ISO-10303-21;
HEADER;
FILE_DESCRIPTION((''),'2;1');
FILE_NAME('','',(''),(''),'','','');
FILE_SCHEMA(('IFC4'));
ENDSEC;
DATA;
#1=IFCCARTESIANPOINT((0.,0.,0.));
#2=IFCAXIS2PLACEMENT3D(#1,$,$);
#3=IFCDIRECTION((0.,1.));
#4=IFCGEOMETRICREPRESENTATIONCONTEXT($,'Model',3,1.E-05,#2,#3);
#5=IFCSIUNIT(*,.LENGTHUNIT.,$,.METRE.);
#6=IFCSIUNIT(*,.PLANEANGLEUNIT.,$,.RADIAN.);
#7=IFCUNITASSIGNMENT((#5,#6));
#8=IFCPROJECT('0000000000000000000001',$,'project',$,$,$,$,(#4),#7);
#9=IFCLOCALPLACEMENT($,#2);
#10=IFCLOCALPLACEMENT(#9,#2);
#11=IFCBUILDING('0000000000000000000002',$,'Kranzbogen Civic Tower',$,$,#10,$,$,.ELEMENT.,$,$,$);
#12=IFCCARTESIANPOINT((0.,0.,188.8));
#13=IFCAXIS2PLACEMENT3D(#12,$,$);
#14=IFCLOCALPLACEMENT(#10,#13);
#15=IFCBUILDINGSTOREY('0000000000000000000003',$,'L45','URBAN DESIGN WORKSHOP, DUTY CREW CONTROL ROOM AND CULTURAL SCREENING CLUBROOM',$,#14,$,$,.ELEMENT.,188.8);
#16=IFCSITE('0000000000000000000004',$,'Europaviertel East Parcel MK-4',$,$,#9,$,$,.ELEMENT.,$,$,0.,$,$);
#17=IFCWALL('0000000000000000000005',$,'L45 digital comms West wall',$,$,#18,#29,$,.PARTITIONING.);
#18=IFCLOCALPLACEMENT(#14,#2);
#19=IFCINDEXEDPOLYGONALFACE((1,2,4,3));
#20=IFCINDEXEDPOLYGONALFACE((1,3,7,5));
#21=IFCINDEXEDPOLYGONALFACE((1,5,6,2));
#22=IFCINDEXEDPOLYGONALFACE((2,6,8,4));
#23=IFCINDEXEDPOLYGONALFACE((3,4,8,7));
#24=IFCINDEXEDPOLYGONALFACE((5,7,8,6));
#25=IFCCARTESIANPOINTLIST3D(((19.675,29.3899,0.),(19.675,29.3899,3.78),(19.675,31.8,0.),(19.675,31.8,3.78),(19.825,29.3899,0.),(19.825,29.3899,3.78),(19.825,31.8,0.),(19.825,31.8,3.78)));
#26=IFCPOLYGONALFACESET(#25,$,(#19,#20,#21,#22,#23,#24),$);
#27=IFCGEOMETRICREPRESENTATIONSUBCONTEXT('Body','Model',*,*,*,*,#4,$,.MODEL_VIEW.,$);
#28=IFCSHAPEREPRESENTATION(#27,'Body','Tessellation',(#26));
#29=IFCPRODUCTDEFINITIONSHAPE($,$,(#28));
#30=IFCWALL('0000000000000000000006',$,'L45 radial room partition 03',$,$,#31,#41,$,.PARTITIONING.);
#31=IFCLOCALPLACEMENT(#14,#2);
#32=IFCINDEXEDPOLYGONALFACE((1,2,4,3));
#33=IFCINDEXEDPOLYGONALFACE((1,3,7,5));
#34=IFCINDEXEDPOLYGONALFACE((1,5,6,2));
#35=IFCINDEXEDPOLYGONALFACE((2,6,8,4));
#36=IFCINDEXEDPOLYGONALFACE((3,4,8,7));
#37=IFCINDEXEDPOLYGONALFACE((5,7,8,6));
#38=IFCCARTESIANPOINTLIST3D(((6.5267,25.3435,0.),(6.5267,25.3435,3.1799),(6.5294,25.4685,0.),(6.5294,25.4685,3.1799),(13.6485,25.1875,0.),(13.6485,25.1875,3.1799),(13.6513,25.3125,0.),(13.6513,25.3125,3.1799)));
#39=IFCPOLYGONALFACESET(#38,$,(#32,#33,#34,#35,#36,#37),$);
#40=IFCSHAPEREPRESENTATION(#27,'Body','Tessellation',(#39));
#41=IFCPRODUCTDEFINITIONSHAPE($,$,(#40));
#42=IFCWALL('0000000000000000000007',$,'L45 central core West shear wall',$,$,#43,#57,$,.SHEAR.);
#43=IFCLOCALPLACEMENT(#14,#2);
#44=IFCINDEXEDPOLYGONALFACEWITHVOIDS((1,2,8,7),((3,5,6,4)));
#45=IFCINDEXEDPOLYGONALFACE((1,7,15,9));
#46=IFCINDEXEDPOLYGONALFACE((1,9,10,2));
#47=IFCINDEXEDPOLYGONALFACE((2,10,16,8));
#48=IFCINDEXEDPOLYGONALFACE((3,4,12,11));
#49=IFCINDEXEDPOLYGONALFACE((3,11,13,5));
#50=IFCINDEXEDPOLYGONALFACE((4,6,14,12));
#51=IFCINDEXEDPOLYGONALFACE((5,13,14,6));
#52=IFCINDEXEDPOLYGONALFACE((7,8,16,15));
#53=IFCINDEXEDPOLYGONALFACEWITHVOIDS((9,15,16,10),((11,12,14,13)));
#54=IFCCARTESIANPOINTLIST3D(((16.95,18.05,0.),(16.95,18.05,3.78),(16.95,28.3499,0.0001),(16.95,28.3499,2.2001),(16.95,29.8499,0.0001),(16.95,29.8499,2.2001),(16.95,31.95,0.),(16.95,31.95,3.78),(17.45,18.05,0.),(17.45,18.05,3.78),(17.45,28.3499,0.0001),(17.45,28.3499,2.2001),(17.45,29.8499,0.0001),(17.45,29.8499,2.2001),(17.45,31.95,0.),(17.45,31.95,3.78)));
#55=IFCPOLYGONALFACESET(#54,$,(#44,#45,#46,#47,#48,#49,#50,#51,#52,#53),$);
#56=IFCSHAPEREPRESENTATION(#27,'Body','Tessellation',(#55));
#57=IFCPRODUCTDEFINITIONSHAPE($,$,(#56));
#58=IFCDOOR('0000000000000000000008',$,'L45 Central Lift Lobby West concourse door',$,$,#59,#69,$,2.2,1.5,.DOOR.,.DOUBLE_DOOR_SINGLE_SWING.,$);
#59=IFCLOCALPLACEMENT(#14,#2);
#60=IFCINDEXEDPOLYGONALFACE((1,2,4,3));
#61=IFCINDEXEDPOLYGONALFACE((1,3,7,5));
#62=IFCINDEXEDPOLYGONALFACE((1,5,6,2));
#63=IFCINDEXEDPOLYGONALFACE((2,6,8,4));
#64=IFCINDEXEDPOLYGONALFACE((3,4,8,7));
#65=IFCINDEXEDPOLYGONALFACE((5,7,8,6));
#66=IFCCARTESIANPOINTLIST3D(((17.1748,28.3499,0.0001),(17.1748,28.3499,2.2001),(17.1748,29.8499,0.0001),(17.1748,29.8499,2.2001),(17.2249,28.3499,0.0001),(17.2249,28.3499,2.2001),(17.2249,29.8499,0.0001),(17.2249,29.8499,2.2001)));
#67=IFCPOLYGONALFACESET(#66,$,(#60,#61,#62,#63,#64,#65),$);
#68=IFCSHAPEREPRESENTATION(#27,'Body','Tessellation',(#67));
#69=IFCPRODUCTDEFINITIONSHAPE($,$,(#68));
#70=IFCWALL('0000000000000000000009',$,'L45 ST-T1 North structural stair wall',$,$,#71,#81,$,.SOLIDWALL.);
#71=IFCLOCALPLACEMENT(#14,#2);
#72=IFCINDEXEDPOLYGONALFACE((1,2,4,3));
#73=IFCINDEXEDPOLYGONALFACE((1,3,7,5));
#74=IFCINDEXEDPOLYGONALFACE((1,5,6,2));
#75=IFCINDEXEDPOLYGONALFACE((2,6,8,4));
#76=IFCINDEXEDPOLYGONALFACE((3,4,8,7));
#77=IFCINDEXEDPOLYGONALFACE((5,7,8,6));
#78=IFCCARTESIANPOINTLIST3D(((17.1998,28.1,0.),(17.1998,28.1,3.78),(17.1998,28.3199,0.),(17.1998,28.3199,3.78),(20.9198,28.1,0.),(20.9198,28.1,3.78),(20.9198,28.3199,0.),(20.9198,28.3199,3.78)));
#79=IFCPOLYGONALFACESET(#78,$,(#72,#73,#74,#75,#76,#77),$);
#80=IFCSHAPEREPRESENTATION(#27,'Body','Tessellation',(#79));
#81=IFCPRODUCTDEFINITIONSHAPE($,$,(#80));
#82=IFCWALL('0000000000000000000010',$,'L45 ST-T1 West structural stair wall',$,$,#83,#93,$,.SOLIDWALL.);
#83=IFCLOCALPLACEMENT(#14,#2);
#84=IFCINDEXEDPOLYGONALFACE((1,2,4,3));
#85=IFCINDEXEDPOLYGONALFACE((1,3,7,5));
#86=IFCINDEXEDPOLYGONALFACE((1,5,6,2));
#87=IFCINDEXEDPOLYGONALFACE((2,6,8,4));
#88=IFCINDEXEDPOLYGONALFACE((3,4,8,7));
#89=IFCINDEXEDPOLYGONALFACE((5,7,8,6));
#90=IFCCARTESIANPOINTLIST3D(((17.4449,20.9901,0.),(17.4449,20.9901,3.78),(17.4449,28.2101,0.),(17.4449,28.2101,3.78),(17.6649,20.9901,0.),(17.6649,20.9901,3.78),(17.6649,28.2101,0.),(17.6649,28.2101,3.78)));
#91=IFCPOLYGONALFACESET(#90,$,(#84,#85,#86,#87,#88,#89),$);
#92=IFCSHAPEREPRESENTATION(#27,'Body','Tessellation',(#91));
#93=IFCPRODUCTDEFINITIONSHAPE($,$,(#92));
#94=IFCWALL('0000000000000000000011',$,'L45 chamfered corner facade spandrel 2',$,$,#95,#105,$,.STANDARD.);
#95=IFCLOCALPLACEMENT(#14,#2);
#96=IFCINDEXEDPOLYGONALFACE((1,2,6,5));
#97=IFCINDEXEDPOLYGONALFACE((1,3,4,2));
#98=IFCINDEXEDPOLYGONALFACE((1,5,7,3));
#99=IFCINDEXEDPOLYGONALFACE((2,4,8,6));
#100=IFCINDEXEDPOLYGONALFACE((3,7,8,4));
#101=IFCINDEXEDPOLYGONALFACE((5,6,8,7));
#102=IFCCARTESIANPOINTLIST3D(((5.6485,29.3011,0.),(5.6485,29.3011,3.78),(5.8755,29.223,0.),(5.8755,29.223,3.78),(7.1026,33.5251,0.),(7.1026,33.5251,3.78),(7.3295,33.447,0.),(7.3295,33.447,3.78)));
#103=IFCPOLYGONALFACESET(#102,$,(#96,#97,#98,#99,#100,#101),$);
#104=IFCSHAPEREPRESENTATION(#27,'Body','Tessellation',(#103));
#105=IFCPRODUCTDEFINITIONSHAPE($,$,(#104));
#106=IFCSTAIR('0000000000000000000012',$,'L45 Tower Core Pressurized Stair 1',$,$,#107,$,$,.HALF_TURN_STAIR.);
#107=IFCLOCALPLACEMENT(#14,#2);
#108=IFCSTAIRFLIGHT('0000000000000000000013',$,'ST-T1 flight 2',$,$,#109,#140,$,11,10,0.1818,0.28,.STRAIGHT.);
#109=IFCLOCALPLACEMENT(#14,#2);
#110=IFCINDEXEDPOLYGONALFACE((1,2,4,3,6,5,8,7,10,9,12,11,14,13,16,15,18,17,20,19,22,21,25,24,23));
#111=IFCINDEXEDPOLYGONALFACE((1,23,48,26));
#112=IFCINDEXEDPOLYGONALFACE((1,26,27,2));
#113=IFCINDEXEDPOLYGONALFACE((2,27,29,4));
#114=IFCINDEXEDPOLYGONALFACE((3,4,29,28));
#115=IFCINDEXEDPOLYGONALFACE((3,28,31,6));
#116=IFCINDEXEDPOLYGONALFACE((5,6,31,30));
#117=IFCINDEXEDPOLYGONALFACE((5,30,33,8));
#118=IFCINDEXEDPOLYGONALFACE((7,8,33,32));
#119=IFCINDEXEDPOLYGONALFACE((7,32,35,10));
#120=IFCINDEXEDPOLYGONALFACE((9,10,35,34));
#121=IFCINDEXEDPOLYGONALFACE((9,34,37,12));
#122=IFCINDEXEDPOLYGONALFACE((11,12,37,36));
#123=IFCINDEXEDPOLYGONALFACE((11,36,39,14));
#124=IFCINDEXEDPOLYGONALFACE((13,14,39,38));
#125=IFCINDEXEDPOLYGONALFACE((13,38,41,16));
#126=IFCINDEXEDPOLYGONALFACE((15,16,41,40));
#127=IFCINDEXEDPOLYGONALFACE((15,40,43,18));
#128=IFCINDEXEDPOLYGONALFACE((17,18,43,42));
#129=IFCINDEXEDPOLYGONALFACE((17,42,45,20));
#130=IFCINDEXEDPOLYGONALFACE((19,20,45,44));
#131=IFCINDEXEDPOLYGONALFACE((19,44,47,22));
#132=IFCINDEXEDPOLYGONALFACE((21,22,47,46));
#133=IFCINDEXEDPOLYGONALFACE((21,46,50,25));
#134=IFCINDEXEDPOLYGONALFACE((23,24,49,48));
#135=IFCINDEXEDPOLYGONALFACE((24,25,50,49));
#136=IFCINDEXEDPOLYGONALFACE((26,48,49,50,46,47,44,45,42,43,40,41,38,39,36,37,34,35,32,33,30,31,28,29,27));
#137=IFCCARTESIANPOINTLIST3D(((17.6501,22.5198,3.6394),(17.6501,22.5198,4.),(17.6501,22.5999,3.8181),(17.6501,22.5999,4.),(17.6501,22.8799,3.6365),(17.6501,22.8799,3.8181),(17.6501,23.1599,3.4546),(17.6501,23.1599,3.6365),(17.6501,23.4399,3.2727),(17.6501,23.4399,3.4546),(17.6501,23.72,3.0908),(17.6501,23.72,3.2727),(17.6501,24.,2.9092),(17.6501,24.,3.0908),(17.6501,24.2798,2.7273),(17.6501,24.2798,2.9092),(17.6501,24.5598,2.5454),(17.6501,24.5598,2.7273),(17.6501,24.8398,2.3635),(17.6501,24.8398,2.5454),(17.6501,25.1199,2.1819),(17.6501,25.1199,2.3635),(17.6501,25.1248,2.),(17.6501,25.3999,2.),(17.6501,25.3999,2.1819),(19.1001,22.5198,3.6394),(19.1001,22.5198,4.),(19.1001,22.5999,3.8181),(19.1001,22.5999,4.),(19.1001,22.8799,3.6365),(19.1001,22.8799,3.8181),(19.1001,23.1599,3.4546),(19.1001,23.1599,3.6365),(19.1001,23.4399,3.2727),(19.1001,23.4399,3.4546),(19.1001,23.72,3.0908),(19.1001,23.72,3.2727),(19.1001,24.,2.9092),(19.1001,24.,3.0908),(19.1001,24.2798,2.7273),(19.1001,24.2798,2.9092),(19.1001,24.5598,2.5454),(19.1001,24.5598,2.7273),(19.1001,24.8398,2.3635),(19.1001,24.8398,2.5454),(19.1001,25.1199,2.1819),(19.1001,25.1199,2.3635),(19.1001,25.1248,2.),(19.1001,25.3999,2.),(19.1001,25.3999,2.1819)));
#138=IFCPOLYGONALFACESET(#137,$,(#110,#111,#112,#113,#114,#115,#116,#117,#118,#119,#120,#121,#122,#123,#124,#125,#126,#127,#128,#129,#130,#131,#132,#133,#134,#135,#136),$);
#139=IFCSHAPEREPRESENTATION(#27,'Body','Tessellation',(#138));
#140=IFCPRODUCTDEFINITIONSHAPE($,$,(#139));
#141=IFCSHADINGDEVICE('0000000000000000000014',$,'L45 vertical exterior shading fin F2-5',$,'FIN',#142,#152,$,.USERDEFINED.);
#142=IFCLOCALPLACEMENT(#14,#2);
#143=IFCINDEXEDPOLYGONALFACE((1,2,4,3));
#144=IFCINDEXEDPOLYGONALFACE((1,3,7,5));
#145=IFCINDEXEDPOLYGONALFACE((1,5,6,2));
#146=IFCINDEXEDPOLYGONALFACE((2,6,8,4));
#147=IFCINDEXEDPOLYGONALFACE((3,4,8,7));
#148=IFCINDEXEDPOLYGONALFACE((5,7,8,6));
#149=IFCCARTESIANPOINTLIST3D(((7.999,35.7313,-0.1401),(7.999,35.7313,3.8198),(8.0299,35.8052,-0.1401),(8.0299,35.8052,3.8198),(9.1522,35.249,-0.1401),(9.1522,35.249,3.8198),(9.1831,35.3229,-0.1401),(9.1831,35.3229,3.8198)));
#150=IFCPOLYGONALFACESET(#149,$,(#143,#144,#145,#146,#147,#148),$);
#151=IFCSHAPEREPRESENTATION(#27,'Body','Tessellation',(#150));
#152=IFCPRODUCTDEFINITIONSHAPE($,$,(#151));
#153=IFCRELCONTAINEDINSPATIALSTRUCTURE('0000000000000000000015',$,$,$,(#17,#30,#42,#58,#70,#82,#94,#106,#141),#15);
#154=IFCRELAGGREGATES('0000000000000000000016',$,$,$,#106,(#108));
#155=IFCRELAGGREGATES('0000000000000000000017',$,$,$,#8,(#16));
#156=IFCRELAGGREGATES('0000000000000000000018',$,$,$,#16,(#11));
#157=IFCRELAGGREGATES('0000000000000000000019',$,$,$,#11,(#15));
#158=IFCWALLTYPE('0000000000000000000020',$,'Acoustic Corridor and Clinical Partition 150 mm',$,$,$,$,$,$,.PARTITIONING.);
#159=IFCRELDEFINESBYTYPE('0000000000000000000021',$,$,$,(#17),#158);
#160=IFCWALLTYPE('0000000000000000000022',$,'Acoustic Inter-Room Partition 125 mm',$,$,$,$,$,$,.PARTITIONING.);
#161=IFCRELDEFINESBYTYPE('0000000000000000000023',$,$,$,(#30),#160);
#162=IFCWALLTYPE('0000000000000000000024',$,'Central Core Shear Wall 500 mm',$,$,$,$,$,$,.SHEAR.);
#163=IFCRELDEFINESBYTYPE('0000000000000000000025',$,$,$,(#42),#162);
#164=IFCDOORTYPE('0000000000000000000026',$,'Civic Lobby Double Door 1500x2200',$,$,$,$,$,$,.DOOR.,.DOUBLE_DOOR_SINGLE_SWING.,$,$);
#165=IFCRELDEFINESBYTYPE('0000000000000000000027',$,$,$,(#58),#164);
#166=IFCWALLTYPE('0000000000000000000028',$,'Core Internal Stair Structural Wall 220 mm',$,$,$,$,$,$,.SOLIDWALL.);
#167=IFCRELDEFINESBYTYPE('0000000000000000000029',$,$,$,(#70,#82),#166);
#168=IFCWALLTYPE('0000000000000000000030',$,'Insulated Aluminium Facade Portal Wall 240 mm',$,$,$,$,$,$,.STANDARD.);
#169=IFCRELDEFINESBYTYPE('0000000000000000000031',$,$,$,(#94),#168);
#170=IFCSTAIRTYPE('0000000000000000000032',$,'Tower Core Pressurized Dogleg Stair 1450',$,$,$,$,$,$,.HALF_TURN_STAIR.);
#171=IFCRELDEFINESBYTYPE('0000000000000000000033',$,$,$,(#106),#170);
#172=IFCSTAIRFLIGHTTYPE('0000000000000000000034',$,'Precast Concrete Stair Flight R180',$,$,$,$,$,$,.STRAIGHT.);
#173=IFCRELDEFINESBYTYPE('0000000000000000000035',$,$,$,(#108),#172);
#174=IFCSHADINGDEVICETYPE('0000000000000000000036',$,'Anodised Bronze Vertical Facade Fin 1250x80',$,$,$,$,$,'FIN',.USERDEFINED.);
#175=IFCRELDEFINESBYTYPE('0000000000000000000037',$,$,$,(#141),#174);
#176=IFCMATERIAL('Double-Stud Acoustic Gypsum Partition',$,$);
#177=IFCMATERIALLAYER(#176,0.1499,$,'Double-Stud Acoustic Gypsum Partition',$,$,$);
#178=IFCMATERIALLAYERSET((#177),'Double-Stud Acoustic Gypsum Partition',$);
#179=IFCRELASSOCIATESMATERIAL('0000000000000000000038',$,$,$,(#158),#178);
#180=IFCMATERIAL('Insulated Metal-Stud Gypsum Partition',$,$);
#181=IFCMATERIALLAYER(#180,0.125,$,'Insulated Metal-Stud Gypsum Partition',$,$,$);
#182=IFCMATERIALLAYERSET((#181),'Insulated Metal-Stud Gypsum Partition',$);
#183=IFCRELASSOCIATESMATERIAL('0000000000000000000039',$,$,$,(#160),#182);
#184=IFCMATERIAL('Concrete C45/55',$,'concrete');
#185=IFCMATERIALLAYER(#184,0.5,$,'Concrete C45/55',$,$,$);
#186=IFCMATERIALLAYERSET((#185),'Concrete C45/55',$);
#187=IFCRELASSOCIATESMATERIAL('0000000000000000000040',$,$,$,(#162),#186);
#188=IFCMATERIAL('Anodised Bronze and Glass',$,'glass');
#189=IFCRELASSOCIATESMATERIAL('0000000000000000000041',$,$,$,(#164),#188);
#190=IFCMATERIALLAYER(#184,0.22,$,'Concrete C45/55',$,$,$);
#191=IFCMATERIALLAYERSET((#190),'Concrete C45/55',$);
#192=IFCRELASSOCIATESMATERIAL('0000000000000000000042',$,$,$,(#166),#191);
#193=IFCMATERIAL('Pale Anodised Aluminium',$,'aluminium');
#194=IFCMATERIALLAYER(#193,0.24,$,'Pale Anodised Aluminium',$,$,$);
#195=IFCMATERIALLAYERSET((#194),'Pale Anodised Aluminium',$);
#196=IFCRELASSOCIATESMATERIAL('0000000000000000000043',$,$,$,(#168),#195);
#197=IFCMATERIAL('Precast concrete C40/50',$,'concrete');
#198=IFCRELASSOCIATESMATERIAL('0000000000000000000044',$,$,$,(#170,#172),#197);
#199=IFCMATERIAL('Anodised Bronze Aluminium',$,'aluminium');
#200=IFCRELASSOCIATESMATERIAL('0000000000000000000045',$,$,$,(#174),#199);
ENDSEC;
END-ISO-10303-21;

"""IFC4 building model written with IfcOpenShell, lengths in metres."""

from ifc_helpers import new_model, si_unit, direction, frame, frame_2d, origin, origin_2d, place, context, subcontext, project, spatial, polyline, rectangle, outline, extrude, material, layer, layer_set, type_object, element, fill, aggregate, save


model = new_model("IFC4")

# Units and contexts
model_context = context("Model", 3, precision=1e-05, world=origin(), true_north=direction((0.0, 1.0)))
body_context = subcontext(model_context, "Body", "Model", "MODEL_VIEW")
ifc_project = project(units=[si_unit("LENGTHUNIT", "METRE"), si_unit("PLANEANGLEUNIT", "RADIAN")], contexts=[model_context])

# Site, building, storey
site_placement = place(None, origin())
site = spatial("IfcSite", under=ifc_project, at=site_placement, Name="Europaviertel East Parcel MK-4", CompositionType="ELEMENT", RefElevation=0.0)
building_placement = place(site_placement, origin())
building = spatial("IfcBuilding", under=site, at=building_placement, Name="Kranzbogen Civic Tower", CompositionType="ELEMENT")
storey_placement = place(building_placement, frame((0.0, 0.0, 188.8)))
storey = spatial("IfcBuildingStorey", under=building, at=storey_placement, Name="L45", Description="URBAN DESIGN WORKSHOP, DUTY CREW CONTROL ROOM AND CULTURAL SCREENING CLUBROOM", CompositionType="ELEMENT", Elevation=188.8)

# Shared definitions
ifc_material_1 = material(Name="Pale Anodised Aluminium", Category="aluminium")

# Walls
ifc_material_2 = material(Name="Double-Stud Acoustic Gypsum Partition")
ifc_layer_1 = layer(ifc_material_2, 0.1499, Name="Double-Stud Acoustic Gypsum Partition")
ifc_layer_set_1 = layer_set([ifc_layer_1], Name="Double-Stud Acoustic Gypsum Partition")
wall_type_1 = type_object("IfcWallType", Name="Acoustic Corridor and Clinical Partition 150 mm", PredefinedType="PARTITIONING", material=ifc_layer_set_1)
wall_1_placement = place(storey_placement, frame((19.75, 29.3899, 0.0), z_axis=(0.0, 0.0, 1.0), x_axis=(0.0, 1.0, 0.0)))
element("IfcWall", 1, at=wall_1_placement, inside=storey, type_object=wall_type_1, Name="L45 digital comms West wall", PredefinedType="PARTITIONING", context=body_context, shape_type="SweptSolid", body=[
    extrude(rectangle(XDim=2.4102, YDim=0.1499, at=frame_2d((1.2051, 0.0))), origin(), (0.0, 0.0, 1.0), 3.78),
])
ifc_material_3 = material(Name="Insulated Metal-Stud Gypsum Partition")
ifc_layer_2 = layer(ifc_material_3, 0.125, Name="Insulated Metal-Stud Gypsum Partition")
ifc_layer_set_2 = layer_set([ifc_layer_2], Name="Insulated Metal-Stud Gypsum Partition")
wall_type_2 = type_object("IfcWallType", Name="Acoustic Inter-Room Partition 125 mm", PredefinedType="PARTITIONING", material=ifc_layer_set_2)
wall_2_placement = place(storey_placement, frame((13.6499, 25.25, 0.0), z_axis=(0.0, 0.0, 1.0), x_axis=(-0.99976, 0.0219, 0.0)))
element("IfcWall", 2, at=wall_2_placement, inside=storey, type_object=wall_type_2, Name="L45 radial room partition 03", PredefinedType="PARTITIONING", context=body_context, shape_type="SweptSolid", body=[
    extrude(rectangle(XDim=7.1235, YDim=0.125, at=frame_2d((3.5618, 0.0))), origin(), (0.0, 0.0, 1.0), 3.1799),
])

# Wall, opening, door
ifc_material_4 = material(Name="Concrete C45/55", Category="concrete")
ifc_layer_3 = layer(ifc_material_4, 0.5, Name="Concrete C45/55")
ifc_layer_set_3 = layer_set([ifc_layer_3], Name="Concrete C45/55")
wall_type_3 = type_object("IfcWallType", Name="Central Core Shear Wall 500 mm", PredefinedType="SHEAR", material=ifc_layer_set_3)
wall_3_placement = place(storey_placement, frame((17.2, 31.95, 0.0), z_axis=(0.0, 0.0, 1.0), x_axis=(0.0, -1.0, 0.0)))
wall_3 = element("IfcWall", 3, at=wall_3_placement, inside=storey, type_object=wall_type_3, Name="L45 central core West shear wall", PredefinedType="SHEAR", context=body_context, shape_type="SweptSolid", body=[
    extrude(rectangle(XDim=13.8999, YDim=0.5, at=frame_2d((6.95, 0.0))), origin(), (0.0, 0.0, 1.0), 3.78),
])
opening_placement = place(wall_3_placement, frame((2.1001, 0.0, 0.0)))
opening = element("IfcOpeningElement", 4, at=opening_placement, cuts=wall_3, PredefinedType="OPENING", context=body_context, shape_type="SweptSolid", body=[
    extrude(rectangle(XDim=1.5, YDim=2.2, at=frame_2d((0.75, 1.1001))), frame((0.0, 0.26, 0.0), z_axis=(0.0, -1.0, 0.0), x_axis=(1.0, 0.0, 0.0)), (0.0, 0.0, 1.0), 0.52),
])
ifc_material_5 = material(Name="Anodised Bronze and Glass", Category="glass")
door_type = type_object("IfcDoorType", Name="Civic Lobby Double Door 1500x2200", OperationType="DOUBLE_DOOR_SINGLE_SWING", PredefinedType="DOOR", material=ifc_material_5)
door_placement = place(opening_placement, origin())
door = element("IfcDoor", 5, at=door_placement, inside=storey, type_object=door_type, Name="L45 Central Lift Lobby West concourse door", OperationType="DOUBLE_DOOR_SINGLE_SWING", OverallHeight=2.2, OverallWidth=1.5, PredefinedType="DOOR", context=body_context, shape_type="SweptSolid", body=[
    extrude(rectangle(XDim=1.5, YDim=2.2, at=frame_2d((0.75, 1.1001))), frame((0.0, 0.0249, 0.0), z_axis=(0.0, -1.0, 0.0), x_axis=(1.0, 0.0, 0.0)), (0.0, 0.0, 1.0), 0.05),
])
fill(opening, door)

# Walls
ifc_layer_4 = layer(ifc_material_4, 0.22, Name="Concrete C45/55")
ifc_layer_set_4 = layer_set([ifc_layer_4], Name="Concrete C45/55")
wall_type_4 = type_object("IfcWallType", Name="Core Internal Stair Structural Wall 220 mm", PredefinedType="SOLIDWALL", material=ifc_layer_set_4)
wall_4_placement = place(storey_placement, frame((17.2, 28.21, 0.0), z_axis=(0.0, 0.0, 1.0), x_axis=(1.0, 0.0, 0.0)))
element("IfcWall", 6, at=wall_4_placement, inside=storey, type_object=wall_type_4, Name="L45 ST-T1 North structural stair wall", PredefinedType="SOLIDWALL", context=body_context, shape_type="SweptSolid", body=[
    extrude(rectangle(XDim=3.72, YDim=0.22, at=frame_2d((1.8599, 0.0))), origin(), (0.0, 0.0, 1.0), 3.78),
])
wall_5_placement = place(storey_placement, frame((17.5549, 28.21, 0.0), z_axis=(0.0, 0.0, 1.0), x_axis=(0.0, -1.0, 0.0)))
element("IfcWall", 7, at=wall_5_placement, inside=storey, type_object=wall_type_4, Name="L45 ST-T1 West structural stair wall", PredefinedType="SOLIDWALL", context=body_context, shape_type="SweptSolid", body=[
    extrude(rectangle(XDim=7.22, YDim=0.22, at=frame_2d((3.6099, 0.0))), origin(), (0.0, 0.0, 1.0), 3.78),
])
ifc_layer_5 = layer(ifc_material_1, 0.24, Name="Pale Anodised Aluminium")
ifc_layer_set_5 = layer_set([ifc_layer_5], Name="Pale Anodised Aluminium")
wall_type_5 = type_object("IfcWallType", Name="Insulated Aluminium Facade Portal Wall 240 mm", PredefinedType="STANDARD", material=ifc_layer_set_5)
wall_6_placement = place(storey_placement, frame((7.2161, 33.4861, 0.0), z_axis=(0.0, 0.0, 1.0), x_axis=(-0.325492, -0.945545, 0.0)))
element("IfcWall", 8, at=wall_6_placement, inside=storey, type_object=wall_type_5, Name="L45 chamfered corner facade spandrel 2", PredefinedType="STANDARD", context=body_context, shape_type="SweptSolid", body=[
    extrude(rectangle(XDim=4.4673, YDim=0.24, at=frame_2d((2.2336, 0.0))), origin(), (0.0, 0.0, 1.0), 3.78),
])

# Stair, stair flight
ifc_material_6 = material(Name="Precast concrete C40/50", Category="concrete")
stair_type = type_object("IfcStairType", Name="Tower Core Pressurized Dogleg Stair 1450", PredefinedType="HALF_TURN_STAIR", material=ifc_material_6)
stair_placement = place(storey_placement, origin())
stair = element("IfcStair", 9, at=stair_placement, inside=storey, type_object=stair_type, Name="L45 Tower Core Pressurized Stair 1", PredefinedType="HALF_TURN_STAIR")
stair_flight_type = type_object("IfcStairFlightType", Name="Precast Concrete Stair Flight R180", PredefinedType="STRAIGHT", material=ifc_material_6)
stair_flight_placement = place(storey_placement, frame((18.375, 25.3999, 2.0), z_axis=(0.0, 0.0, 1.0), x_axis=(0.0, -1.0, 0.0)))
stair_flight = element("IfcStairFlight", 10, at=stair_flight_placement, type_object=stair_flight_type, Name="ST-T1 flight 2", NumberOfRisers=11, NumberOfTreads=10, PredefinedType="STRAIGHT", RiserHeight=0.1818, TreadLength=0.28, context=body_context, shape_type="SweptSolid", body=[
    extrude(outline(polyline([(0.0, 0.0), (0.0, 0.1819), (0.28, 0.1819), (0.28, 0.3635), (0.5601, 0.3635), (0.5601, 0.5454), (0.8401, 0.5454), (0.8401, 0.7273), (1.1201, 0.7273), (1.1201, 0.9092), (1.3999, 0.9092), (1.3999, 1.0908), (1.6799, 1.0908), (1.6799, 1.2727), (1.96, 1.2727), (1.96, 1.4546), (2.24, 1.4546), (2.24, 1.6365), (2.52, 1.6365), (2.52, 1.8181), (2.8, 1.8181), (2.8, 2.0), (2.8801, 2.0), (2.8801, 1.6394), (0.2751, 0.0), (0.0, 0.0)])), frame((0.0, 0.7251, 0.0), z_axis=(0.0, -1.0, 0.0), x_axis=(1.0, 0.0, 0.0)), (0.0, 0.0, 1.0), 1.45),
])
aggregate(stair, [stair_flight])

# Shading device
ifc_material_7 = material(Name="Anodised Bronze Aluminium", Category="aluminium")
shading_device_type = type_object("IfcShadingDeviceType", Name="Anodised Bronze Vertical Facade Fin 1250x80", ElementType="FIN", PredefinedType="USERDEFINED", material=ifc_material_7)
shading_device_placement = place(storey_placement, frame((8.5911, 35.5271, -0.1401), z_axis=(0.0, 0.0, 1.0), x_axis=(-0.922545, 0.38589, 0.0)))
element("IfcShadingDevice", 11, at=shading_device_placement, inside=storey, type_object=shading_device_type, Name="L45 vertical exterior shading fin F2-5", ObjectType="FIN", PredefinedType="USERDEFINED", context=body_context, shape_type="SweptSolid", body=[
    extrude(rectangle(XDim=1.25, YDim=0.0801, at=origin_2d()), origin(), (0.0, 0.0, 1.0), 3.96),
])

save(model, "model.ifc")
